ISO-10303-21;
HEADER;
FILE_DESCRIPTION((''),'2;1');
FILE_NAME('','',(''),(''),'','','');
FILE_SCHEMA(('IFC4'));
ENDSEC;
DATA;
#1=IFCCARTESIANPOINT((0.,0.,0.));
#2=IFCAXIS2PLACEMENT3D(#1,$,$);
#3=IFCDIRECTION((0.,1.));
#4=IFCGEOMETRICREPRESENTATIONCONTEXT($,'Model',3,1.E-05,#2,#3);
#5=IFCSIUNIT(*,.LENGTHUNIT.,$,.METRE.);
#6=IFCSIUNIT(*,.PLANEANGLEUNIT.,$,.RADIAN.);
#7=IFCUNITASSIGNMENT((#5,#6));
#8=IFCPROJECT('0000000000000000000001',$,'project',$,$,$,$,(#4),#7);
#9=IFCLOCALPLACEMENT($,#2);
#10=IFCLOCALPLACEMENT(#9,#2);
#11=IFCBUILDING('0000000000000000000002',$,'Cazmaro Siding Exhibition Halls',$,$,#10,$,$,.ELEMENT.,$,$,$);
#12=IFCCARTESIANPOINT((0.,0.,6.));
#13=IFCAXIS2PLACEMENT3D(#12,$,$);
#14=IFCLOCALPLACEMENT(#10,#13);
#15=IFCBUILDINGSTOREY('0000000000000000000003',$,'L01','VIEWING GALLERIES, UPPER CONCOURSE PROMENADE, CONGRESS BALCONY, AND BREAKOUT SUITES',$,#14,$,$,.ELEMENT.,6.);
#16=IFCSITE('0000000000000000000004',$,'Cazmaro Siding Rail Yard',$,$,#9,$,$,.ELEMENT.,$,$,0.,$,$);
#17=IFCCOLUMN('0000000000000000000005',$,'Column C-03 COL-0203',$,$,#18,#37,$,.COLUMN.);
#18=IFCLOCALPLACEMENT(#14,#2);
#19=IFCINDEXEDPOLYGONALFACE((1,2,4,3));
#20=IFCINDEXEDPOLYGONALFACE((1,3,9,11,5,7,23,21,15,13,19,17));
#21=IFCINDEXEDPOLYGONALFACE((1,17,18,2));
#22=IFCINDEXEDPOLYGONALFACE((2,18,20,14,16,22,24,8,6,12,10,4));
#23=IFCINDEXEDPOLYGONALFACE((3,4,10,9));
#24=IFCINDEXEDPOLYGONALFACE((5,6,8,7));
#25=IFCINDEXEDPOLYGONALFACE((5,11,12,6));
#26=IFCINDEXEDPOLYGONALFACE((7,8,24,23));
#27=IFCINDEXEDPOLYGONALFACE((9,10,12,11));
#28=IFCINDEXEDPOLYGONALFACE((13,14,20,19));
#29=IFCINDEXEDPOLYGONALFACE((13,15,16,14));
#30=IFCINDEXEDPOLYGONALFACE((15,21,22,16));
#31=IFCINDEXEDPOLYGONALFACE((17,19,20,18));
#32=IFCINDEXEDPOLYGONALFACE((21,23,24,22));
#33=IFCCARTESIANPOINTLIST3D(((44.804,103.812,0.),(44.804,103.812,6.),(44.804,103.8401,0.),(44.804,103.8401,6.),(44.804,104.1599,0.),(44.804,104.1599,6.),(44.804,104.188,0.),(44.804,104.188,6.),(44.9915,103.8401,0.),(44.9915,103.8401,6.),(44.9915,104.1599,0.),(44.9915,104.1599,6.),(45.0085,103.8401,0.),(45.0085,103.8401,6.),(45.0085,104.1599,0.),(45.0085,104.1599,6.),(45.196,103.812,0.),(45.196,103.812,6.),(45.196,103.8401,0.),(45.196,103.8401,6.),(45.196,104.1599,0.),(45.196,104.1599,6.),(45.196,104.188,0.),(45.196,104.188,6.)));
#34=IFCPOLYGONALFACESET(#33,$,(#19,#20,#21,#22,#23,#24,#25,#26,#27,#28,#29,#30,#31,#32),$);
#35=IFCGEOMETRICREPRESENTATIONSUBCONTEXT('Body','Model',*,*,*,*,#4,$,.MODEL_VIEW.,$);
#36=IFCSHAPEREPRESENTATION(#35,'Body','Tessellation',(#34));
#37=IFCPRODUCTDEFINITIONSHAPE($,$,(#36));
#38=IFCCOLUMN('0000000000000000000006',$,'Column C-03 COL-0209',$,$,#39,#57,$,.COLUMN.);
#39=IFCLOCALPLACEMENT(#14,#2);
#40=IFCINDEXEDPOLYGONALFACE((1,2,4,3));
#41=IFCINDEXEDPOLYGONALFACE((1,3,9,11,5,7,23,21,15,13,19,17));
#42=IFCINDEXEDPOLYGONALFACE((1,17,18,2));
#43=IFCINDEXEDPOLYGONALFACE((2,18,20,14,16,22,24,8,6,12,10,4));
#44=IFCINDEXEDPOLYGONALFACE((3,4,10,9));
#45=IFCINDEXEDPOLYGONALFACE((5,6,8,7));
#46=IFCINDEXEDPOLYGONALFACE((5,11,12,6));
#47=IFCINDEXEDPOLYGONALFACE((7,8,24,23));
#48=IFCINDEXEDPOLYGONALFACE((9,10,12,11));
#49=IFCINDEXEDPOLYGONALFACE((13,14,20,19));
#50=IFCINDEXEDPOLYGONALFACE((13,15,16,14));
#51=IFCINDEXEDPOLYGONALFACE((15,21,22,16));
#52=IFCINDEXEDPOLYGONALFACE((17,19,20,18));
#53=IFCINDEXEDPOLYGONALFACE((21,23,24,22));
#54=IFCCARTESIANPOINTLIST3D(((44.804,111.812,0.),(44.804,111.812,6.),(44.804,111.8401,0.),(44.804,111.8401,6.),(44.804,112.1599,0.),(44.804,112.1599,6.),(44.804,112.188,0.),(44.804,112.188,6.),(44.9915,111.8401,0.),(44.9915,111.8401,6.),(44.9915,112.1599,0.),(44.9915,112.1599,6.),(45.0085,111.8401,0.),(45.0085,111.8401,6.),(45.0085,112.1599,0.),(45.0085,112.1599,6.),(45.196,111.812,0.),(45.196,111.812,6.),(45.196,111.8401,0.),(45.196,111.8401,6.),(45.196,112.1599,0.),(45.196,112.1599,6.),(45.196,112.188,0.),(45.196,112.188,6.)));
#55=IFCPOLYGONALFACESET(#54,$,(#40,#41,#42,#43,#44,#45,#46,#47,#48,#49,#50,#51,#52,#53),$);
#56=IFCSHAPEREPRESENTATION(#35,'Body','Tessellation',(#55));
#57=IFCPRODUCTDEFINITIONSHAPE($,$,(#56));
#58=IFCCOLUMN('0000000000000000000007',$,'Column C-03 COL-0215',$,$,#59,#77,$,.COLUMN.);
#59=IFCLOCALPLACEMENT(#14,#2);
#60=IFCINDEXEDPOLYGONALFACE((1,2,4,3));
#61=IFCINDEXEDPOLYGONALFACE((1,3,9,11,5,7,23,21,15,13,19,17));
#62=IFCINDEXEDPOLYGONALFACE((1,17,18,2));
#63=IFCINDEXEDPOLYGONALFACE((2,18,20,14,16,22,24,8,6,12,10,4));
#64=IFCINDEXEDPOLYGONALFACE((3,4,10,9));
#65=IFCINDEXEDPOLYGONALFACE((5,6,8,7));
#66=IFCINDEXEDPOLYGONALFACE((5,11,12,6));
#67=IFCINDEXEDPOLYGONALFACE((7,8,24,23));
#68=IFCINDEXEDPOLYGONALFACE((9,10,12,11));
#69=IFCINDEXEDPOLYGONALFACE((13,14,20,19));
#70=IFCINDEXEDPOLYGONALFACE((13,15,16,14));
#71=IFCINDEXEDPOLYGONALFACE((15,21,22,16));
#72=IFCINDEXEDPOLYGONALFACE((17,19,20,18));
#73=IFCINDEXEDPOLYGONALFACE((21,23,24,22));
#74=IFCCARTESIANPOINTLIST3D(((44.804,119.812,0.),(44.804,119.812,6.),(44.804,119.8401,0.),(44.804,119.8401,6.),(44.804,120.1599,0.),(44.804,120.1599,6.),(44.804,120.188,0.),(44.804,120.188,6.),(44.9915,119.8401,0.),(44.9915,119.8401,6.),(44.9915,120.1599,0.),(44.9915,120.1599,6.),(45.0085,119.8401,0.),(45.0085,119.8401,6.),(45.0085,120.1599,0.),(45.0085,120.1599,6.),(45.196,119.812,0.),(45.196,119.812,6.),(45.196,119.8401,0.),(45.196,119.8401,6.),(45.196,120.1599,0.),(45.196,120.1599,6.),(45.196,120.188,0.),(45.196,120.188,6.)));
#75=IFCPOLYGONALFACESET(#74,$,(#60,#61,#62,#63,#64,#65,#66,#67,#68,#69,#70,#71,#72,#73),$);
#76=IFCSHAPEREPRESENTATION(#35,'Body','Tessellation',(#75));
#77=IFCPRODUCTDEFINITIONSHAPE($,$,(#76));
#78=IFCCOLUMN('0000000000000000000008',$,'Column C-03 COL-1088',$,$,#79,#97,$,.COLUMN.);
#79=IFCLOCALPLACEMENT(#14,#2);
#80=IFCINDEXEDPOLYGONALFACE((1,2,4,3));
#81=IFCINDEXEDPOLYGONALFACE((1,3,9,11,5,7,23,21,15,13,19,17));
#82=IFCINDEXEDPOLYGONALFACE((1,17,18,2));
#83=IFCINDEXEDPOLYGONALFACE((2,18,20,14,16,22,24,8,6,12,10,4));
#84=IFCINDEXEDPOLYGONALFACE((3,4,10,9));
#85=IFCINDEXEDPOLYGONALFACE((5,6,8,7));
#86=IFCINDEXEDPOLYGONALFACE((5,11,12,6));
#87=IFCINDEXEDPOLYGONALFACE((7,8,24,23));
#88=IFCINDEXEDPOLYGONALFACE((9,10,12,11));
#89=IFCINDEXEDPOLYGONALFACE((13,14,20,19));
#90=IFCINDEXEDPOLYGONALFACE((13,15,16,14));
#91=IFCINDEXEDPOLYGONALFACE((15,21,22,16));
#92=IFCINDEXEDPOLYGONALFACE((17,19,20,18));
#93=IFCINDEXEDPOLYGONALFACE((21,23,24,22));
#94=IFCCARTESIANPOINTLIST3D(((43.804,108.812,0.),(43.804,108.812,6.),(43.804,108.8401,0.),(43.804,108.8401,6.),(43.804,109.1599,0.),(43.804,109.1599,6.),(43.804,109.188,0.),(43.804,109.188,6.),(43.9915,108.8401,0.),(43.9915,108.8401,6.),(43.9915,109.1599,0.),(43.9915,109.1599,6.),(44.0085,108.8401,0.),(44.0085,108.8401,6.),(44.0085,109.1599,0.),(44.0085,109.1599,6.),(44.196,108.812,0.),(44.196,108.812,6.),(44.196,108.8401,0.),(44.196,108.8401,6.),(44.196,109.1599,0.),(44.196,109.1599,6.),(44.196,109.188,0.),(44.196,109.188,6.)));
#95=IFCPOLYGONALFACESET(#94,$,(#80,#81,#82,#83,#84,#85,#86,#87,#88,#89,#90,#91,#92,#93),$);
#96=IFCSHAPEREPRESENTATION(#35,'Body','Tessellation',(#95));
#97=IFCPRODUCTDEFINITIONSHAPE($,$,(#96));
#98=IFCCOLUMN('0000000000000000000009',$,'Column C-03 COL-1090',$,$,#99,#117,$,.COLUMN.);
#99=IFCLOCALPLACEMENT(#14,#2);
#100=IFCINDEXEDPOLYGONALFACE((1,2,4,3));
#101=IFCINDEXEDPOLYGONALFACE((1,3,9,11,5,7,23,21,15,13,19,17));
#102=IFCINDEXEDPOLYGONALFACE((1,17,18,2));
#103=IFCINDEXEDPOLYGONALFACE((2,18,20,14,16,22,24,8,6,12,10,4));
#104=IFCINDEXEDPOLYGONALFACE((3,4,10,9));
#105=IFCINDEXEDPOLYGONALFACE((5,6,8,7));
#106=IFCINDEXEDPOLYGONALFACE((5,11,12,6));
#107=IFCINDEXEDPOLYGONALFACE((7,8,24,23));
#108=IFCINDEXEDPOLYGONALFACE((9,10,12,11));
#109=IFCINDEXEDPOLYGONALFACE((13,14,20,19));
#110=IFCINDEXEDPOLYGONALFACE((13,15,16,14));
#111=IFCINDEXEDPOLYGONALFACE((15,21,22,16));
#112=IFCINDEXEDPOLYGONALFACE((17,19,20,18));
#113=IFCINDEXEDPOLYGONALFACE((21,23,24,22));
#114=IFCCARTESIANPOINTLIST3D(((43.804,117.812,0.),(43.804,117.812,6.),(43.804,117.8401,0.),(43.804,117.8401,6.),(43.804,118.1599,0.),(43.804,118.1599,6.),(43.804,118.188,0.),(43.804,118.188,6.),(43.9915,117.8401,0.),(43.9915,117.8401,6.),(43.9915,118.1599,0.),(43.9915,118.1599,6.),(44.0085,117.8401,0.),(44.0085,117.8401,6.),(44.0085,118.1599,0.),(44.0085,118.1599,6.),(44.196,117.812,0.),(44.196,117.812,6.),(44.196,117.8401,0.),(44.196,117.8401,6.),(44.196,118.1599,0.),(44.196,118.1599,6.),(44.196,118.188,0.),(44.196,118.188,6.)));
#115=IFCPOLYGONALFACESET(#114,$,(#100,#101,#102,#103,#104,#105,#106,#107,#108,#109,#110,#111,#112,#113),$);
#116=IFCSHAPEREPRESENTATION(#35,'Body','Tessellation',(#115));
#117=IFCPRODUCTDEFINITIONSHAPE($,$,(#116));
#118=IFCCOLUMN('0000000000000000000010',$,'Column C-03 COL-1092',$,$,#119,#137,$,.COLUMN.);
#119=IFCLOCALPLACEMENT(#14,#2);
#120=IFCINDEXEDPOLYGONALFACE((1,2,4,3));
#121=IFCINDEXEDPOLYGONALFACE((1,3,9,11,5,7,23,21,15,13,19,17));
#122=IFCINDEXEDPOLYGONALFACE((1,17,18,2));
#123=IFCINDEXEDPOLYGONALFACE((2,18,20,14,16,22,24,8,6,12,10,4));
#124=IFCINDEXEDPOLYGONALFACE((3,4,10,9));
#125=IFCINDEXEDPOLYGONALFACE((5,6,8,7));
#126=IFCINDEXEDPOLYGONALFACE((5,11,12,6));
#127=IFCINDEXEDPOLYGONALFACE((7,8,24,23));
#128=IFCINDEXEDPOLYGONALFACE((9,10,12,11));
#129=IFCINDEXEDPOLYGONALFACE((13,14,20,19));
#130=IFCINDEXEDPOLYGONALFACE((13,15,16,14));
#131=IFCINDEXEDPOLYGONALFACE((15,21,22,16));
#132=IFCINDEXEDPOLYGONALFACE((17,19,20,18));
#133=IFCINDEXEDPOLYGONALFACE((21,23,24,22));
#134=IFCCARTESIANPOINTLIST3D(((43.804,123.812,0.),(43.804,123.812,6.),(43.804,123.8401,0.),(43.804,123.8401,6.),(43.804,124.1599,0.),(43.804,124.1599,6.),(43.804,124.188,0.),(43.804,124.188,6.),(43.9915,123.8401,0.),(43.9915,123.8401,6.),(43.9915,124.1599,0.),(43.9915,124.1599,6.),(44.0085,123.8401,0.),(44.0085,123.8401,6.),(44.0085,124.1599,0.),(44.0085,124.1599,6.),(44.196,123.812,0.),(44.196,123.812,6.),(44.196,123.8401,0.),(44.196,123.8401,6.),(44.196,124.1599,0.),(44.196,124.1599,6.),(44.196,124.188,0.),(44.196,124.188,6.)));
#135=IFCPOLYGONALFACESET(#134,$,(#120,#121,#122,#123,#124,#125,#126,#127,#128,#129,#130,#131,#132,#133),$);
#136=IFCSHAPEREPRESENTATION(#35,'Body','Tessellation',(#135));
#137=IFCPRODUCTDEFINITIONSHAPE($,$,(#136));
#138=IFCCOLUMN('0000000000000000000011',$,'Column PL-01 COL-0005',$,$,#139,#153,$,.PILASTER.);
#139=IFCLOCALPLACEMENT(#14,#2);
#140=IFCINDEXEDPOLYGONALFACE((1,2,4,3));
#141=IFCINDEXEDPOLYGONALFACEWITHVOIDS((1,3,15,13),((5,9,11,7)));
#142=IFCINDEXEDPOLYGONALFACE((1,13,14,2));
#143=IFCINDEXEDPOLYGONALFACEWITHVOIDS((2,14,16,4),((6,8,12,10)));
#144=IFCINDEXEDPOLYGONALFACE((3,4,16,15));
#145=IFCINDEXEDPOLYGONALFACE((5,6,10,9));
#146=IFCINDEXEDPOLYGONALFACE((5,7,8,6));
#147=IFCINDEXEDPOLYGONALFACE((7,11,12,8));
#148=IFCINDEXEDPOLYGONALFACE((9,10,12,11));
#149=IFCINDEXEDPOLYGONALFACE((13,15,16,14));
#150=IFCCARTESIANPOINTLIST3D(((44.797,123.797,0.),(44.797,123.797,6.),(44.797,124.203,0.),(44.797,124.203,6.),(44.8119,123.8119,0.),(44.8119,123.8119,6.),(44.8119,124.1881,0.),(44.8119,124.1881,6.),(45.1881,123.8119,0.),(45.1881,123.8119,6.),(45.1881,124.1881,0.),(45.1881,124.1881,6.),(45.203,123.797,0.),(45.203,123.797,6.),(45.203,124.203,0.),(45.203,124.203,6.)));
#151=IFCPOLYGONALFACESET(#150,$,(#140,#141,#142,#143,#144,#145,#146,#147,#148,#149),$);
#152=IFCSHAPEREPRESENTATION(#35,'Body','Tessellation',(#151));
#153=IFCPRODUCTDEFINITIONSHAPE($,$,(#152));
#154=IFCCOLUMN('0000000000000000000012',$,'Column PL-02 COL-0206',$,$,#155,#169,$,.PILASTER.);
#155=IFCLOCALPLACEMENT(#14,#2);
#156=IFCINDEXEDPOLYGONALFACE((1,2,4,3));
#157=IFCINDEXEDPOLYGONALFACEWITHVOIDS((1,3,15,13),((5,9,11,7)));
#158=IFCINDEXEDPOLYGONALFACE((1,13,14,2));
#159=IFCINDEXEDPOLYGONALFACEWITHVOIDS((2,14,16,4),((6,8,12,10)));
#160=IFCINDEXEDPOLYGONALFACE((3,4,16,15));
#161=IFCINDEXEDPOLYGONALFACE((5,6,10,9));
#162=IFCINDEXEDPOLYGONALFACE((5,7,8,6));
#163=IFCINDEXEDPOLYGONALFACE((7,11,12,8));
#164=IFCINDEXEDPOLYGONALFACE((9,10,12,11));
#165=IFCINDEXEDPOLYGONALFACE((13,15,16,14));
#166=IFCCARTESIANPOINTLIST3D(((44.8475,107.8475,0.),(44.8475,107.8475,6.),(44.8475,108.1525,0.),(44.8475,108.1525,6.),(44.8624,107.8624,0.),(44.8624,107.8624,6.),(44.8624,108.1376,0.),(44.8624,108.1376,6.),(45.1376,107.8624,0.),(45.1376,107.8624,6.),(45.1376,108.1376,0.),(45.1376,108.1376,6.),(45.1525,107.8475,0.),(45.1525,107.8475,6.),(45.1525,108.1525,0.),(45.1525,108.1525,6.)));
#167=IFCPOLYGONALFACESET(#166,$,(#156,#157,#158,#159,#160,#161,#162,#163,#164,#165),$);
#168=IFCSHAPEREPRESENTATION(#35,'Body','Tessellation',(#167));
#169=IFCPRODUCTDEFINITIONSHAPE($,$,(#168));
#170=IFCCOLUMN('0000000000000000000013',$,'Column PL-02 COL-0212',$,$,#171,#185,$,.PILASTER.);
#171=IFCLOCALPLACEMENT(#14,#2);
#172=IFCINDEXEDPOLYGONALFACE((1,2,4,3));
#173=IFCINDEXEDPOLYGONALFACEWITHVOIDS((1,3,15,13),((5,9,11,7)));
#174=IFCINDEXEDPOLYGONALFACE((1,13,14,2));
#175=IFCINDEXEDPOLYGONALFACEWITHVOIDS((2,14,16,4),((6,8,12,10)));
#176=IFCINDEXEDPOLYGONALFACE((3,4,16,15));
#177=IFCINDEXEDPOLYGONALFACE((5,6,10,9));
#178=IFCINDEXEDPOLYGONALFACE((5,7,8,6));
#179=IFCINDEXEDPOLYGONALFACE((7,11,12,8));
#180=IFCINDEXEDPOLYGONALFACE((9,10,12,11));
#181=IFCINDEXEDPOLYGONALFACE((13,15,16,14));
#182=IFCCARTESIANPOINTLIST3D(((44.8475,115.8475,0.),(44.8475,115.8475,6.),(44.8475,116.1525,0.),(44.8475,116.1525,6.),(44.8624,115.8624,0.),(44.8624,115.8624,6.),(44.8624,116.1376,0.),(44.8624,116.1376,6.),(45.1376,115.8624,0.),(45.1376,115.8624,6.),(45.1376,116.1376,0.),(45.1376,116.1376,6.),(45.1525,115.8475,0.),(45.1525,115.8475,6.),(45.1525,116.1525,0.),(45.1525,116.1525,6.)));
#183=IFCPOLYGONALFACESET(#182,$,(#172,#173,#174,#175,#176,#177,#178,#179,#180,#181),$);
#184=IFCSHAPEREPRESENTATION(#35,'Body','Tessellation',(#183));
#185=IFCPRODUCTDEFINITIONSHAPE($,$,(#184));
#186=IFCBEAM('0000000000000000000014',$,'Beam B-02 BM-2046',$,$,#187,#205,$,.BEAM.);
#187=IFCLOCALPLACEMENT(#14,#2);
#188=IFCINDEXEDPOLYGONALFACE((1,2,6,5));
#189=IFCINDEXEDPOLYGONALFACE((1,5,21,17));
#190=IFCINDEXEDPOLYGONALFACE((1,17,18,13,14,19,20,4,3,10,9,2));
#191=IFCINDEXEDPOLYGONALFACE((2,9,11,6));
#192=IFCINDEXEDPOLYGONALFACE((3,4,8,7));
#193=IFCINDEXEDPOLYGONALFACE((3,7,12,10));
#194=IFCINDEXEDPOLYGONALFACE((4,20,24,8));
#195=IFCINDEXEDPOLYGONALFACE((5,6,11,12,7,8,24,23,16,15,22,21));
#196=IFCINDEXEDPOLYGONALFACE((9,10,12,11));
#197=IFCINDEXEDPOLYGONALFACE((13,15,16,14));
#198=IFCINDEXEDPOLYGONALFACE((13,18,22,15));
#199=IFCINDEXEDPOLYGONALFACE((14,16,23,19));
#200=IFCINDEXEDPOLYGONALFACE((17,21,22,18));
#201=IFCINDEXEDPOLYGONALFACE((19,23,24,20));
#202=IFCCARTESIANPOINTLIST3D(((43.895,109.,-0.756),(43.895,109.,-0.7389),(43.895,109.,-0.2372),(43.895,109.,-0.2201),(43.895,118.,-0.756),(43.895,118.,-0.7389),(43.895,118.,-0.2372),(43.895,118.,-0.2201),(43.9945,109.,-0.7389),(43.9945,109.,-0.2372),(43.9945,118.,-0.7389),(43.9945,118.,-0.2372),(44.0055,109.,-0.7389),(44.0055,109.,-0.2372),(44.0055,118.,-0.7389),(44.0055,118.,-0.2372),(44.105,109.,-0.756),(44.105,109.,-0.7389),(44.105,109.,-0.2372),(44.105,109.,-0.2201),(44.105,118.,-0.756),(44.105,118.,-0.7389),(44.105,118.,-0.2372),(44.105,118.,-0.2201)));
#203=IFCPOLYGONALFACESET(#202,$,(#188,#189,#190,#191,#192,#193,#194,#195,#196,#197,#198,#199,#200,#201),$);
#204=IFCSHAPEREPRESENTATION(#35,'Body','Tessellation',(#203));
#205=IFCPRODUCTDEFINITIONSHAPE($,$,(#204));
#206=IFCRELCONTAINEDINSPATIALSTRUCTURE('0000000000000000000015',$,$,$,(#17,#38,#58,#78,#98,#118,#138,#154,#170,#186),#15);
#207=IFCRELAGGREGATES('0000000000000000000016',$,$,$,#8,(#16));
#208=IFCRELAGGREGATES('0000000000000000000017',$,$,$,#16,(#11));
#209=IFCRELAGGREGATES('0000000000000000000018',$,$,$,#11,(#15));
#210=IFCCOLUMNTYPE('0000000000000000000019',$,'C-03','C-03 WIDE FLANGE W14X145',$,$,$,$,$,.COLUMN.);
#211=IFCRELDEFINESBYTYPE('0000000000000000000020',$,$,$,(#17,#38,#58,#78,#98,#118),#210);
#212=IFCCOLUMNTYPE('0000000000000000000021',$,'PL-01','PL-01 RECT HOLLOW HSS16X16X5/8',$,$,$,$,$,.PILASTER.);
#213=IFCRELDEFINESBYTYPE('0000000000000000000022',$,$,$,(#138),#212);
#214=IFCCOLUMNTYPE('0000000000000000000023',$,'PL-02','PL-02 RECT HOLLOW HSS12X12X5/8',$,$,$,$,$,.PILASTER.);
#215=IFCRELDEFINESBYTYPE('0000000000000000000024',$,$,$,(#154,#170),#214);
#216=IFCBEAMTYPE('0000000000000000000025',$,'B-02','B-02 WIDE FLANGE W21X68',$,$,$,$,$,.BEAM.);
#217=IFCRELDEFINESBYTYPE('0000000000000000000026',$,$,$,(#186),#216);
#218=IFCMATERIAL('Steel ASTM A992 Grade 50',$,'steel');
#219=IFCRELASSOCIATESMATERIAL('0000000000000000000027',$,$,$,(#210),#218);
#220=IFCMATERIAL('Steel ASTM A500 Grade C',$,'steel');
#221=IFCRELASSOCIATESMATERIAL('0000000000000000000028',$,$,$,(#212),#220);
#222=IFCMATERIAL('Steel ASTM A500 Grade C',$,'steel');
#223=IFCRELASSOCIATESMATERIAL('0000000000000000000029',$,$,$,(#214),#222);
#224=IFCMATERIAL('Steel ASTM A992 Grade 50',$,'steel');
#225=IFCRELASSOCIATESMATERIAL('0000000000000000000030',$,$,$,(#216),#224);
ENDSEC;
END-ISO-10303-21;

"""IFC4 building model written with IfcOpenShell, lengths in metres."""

from ifc_helpers import new_model, si_unit, direction, frame, origin, origin_2d, place, context, subcontext, project, spatial, hollow_rectangle, i_section, extrude, material, material_profile, profile_set, type_object, element, save


model = new_model("IFC4")

# Units and contexts
model_context = context("Model", 3, precision=1e-05, world=origin(), true_north=direction((0.0, 1.0)))
body_context = subcontext(model_context, "Body", "Model", "MODEL_VIEW")
ifc_project = project(units=[si_unit("LENGTHUNIT", "METRE"), si_unit("PLANEANGLEUNIT", "RADIAN")], contexts=[model_context])

# Site, building, storey
site_placement = place(None, origin())
site = spatial("IfcSite", under=ifc_project, at=site_placement, Name="Cazmaro Siding Rail Yard", CompositionType="ELEMENT", RefElevation=0.0)
building_placement = place(site_placement, origin())
building = spatial("IfcBuilding", under=site, at=building_placement, Name="Cazmaro Siding Exhibition Halls", CompositionType="ELEMENT")
storey_placement = place(building_placement, frame((0.0, 0.0, 6.0)))
storey = spatial("IfcBuildingStorey", under=building, at=storey_placement, Name="L01", Description="VIEWING GALLERIES, UPPER CONCOURSE PROMENADE, CONGRESS BALCONY, AND BREAKOUT SUITES", CompositionType="ELEMENT", Elevation=6.0)

# Columns
ifc_material_1 = material(Name="Steel ASTM A992 Grade 50", Category="steel")
ifc_material_profile_1 = material_profile(ifc_material_1, i_section(OverallWidth=0.3921, OverallDepth=0.376, WebThickness=0.0171, FlangeThickness=0.0281, at=origin_2d()), Name="W14X145")
ifc_profile_set_1 = profile_set([ifc_material_profile_1], Name="Steel ASTM A992 Grade 50")
column_type_1 = type_object("IfcColumnType", Name="C-03", Description="C-03 WIDE FLANGE W14X145", PredefinedType="COLUMN", material=ifc_profile_set_1)
for number, where, z_axis, x_axis, name in (
    (1, (45.0, 104.0, 0.0), (0.0, 0.0, 1.0), (1.0, 0.0, 0.0), "Column C-03 COL-0203"),
    (2, (45.0, 112.0, 0.0), (0.0, 0.0, 1.0), (1.0, 0.0, 0.0), "Column C-03 COL-0209"),
    (3, (45.0, 120.0, 0.0), (0.0, 0.0, 1.0), (1.0, 0.0, 0.0), "Column C-03 COL-0215"),
    (4, (44.0, 109.0, 0.0), (0.0, 0.0, 1.0), (1.0, 0.0, 0.0), "Column C-03 COL-1088"),
    (5, (44.0, 118.0, 0.0), (0.0, 0.0, 1.0), (1.0, 0.0, 0.0), "Column C-03 COL-1090"),
    (6, (44.0, 124.0, 0.0), (0.0, 0.0, 1.0), (1.0, 0.0, 0.0), "Column C-03 COL-1092"),
):
    element("IfcColumn", number, at=place(storey_placement, frame(where, z_axis=z_axis, x_axis=x_axis)), inside=storey, type_object=column_type_1, Name=name, PredefinedType="COLUMN", context=body_context, shape_type="SweptSolid", body=[
        extrude(i_section(OverallWidth=0.3921, OverallDepth=0.376, WebThickness=0.0171, FlangeThickness=0.0281, at=origin_2d()), origin(), (0.0, 0.0, 1.0), 6.0),
    ])
ifc_material_2 = material(Name="Steel ASTM A500 Grade C", Category="steel")
ifc_material_profile_2 = material_profile(ifc_material_2, hollow_rectangle(XDim=0.406, YDim=0.406, WallThickness=0.0149, at=origin_2d()), Name="HSS16X16X5/8")
ifc_profile_set_2 = profile_set([ifc_material_profile_2], Name="Steel ASTM A500 Grade C")
column_type_2 = type_object("IfcColumnType", Name="PL-01", Description="PL-01 RECT HOLLOW HSS16X16X5/8", PredefinedType="PILASTER", material=ifc_profile_set_2)
column_placement = place(storey_placement, frame((45.0, 124.0, 0.0), z_axis=(0.0, 0.0, 1.0), x_axis=(1.0, 0.0, 0.0)))
element("IfcColumn", 7, at=column_placement, inside=storey, type_object=column_type_2, Name="Column PL-01 COL-0005", PredefinedType="PILASTER", context=body_context, shape_type="SweptSolid", body=[
    extrude(hollow_rectangle(XDim=0.406, YDim=0.406, WallThickness=0.0149, at=origin_2d()), origin(), (0.0, 0.0, 1.0), 6.0),
])
ifc_material_3 = material(Name="Steel ASTM A500 Grade C", Category="steel")
ifc_material_profile_3 = material_profile(ifc_material_3, hollow_rectangle(XDim=0.3049, YDim=0.3049, WallThickness=0.0149, at=origin_2d()), Name="HSS12X12X5/8")
ifc_profile_set_3 = profile_set([ifc_material_profile_3], Name="Steel ASTM A500 Grade C")
column_type_3 = type_object("IfcColumnType", Name="PL-02", Description="PL-02 RECT HOLLOW HSS12X12X5/8", PredefinedType="PILASTER", material=ifc_profile_set_3)
for number, where, z_axis, x_axis, name in (
    (8, (45.0, 108.0, 0.0), (0.0, 0.0, 1.0), (1.0, 0.0, 0.0), "Column PL-02 COL-0206"),
    (9, (45.0, 116.0, 0.0), (0.0, 0.0, 1.0), (1.0, 0.0, 0.0), "Column PL-02 COL-0212"),
):
    element("IfcColumn", number, at=place(storey_placement, frame(where, z_axis=z_axis, x_axis=x_axis)), inside=storey, type_object=column_type_3, Name=name, PredefinedType="PILASTER", context=body_context, shape_type="SweptSolid", body=[
        extrude(hollow_rectangle(XDim=0.3049, YDim=0.3049, WallThickness=0.0149, at=origin_2d()), origin(), (0.0, 0.0, 1.0), 6.0),
    ])

# Beam
ifc_material_4 = material(Name="Steel ASTM A992 Grade 50", Category="steel")
ifc_material_profile_4 = material_profile(ifc_material_4, i_section(OverallWidth=0.21, OverallDepth=0.5359, WebThickness=0.011, FlangeThickness=0.0171, at=origin_2d()), Name="W21X68")
ifc_profile_set_4 = profile_set([ifc_material_profile_4], Name="Steel ASTM A992 Grade 50")
beam_type_1 = type_object("IfcBeamType", Name="B-02", Description="B-02 WIDE FLANGE W21X68", PredefinedType="BEAM", material=ifc_profile_set_4)
beam_1_placement = place(storey_placement, frame((44.0, 109.0, -0.488), z_axis=(0.0, 1.0, 0.0), x_axis=(-1.0, 0.0, 0.0)))
element("IfcBeam", 10, at=beam_1_placement, inside=storey, type_object=beam_type_1, Name="Beam B-02 BM-2046", PredefinedType="BEAM", context=body_context, shape_type="SweptSolid", body=[
    extrude(i_section(OverallWidth=0.21, OverallDepth=0.5359, WebThickness=0.011, FlangeThickness=0.0171, at=origin_2d()), origin(), (0.0, 0.0, 1.0), 9.0),
])

save(model, "model.ifc")
